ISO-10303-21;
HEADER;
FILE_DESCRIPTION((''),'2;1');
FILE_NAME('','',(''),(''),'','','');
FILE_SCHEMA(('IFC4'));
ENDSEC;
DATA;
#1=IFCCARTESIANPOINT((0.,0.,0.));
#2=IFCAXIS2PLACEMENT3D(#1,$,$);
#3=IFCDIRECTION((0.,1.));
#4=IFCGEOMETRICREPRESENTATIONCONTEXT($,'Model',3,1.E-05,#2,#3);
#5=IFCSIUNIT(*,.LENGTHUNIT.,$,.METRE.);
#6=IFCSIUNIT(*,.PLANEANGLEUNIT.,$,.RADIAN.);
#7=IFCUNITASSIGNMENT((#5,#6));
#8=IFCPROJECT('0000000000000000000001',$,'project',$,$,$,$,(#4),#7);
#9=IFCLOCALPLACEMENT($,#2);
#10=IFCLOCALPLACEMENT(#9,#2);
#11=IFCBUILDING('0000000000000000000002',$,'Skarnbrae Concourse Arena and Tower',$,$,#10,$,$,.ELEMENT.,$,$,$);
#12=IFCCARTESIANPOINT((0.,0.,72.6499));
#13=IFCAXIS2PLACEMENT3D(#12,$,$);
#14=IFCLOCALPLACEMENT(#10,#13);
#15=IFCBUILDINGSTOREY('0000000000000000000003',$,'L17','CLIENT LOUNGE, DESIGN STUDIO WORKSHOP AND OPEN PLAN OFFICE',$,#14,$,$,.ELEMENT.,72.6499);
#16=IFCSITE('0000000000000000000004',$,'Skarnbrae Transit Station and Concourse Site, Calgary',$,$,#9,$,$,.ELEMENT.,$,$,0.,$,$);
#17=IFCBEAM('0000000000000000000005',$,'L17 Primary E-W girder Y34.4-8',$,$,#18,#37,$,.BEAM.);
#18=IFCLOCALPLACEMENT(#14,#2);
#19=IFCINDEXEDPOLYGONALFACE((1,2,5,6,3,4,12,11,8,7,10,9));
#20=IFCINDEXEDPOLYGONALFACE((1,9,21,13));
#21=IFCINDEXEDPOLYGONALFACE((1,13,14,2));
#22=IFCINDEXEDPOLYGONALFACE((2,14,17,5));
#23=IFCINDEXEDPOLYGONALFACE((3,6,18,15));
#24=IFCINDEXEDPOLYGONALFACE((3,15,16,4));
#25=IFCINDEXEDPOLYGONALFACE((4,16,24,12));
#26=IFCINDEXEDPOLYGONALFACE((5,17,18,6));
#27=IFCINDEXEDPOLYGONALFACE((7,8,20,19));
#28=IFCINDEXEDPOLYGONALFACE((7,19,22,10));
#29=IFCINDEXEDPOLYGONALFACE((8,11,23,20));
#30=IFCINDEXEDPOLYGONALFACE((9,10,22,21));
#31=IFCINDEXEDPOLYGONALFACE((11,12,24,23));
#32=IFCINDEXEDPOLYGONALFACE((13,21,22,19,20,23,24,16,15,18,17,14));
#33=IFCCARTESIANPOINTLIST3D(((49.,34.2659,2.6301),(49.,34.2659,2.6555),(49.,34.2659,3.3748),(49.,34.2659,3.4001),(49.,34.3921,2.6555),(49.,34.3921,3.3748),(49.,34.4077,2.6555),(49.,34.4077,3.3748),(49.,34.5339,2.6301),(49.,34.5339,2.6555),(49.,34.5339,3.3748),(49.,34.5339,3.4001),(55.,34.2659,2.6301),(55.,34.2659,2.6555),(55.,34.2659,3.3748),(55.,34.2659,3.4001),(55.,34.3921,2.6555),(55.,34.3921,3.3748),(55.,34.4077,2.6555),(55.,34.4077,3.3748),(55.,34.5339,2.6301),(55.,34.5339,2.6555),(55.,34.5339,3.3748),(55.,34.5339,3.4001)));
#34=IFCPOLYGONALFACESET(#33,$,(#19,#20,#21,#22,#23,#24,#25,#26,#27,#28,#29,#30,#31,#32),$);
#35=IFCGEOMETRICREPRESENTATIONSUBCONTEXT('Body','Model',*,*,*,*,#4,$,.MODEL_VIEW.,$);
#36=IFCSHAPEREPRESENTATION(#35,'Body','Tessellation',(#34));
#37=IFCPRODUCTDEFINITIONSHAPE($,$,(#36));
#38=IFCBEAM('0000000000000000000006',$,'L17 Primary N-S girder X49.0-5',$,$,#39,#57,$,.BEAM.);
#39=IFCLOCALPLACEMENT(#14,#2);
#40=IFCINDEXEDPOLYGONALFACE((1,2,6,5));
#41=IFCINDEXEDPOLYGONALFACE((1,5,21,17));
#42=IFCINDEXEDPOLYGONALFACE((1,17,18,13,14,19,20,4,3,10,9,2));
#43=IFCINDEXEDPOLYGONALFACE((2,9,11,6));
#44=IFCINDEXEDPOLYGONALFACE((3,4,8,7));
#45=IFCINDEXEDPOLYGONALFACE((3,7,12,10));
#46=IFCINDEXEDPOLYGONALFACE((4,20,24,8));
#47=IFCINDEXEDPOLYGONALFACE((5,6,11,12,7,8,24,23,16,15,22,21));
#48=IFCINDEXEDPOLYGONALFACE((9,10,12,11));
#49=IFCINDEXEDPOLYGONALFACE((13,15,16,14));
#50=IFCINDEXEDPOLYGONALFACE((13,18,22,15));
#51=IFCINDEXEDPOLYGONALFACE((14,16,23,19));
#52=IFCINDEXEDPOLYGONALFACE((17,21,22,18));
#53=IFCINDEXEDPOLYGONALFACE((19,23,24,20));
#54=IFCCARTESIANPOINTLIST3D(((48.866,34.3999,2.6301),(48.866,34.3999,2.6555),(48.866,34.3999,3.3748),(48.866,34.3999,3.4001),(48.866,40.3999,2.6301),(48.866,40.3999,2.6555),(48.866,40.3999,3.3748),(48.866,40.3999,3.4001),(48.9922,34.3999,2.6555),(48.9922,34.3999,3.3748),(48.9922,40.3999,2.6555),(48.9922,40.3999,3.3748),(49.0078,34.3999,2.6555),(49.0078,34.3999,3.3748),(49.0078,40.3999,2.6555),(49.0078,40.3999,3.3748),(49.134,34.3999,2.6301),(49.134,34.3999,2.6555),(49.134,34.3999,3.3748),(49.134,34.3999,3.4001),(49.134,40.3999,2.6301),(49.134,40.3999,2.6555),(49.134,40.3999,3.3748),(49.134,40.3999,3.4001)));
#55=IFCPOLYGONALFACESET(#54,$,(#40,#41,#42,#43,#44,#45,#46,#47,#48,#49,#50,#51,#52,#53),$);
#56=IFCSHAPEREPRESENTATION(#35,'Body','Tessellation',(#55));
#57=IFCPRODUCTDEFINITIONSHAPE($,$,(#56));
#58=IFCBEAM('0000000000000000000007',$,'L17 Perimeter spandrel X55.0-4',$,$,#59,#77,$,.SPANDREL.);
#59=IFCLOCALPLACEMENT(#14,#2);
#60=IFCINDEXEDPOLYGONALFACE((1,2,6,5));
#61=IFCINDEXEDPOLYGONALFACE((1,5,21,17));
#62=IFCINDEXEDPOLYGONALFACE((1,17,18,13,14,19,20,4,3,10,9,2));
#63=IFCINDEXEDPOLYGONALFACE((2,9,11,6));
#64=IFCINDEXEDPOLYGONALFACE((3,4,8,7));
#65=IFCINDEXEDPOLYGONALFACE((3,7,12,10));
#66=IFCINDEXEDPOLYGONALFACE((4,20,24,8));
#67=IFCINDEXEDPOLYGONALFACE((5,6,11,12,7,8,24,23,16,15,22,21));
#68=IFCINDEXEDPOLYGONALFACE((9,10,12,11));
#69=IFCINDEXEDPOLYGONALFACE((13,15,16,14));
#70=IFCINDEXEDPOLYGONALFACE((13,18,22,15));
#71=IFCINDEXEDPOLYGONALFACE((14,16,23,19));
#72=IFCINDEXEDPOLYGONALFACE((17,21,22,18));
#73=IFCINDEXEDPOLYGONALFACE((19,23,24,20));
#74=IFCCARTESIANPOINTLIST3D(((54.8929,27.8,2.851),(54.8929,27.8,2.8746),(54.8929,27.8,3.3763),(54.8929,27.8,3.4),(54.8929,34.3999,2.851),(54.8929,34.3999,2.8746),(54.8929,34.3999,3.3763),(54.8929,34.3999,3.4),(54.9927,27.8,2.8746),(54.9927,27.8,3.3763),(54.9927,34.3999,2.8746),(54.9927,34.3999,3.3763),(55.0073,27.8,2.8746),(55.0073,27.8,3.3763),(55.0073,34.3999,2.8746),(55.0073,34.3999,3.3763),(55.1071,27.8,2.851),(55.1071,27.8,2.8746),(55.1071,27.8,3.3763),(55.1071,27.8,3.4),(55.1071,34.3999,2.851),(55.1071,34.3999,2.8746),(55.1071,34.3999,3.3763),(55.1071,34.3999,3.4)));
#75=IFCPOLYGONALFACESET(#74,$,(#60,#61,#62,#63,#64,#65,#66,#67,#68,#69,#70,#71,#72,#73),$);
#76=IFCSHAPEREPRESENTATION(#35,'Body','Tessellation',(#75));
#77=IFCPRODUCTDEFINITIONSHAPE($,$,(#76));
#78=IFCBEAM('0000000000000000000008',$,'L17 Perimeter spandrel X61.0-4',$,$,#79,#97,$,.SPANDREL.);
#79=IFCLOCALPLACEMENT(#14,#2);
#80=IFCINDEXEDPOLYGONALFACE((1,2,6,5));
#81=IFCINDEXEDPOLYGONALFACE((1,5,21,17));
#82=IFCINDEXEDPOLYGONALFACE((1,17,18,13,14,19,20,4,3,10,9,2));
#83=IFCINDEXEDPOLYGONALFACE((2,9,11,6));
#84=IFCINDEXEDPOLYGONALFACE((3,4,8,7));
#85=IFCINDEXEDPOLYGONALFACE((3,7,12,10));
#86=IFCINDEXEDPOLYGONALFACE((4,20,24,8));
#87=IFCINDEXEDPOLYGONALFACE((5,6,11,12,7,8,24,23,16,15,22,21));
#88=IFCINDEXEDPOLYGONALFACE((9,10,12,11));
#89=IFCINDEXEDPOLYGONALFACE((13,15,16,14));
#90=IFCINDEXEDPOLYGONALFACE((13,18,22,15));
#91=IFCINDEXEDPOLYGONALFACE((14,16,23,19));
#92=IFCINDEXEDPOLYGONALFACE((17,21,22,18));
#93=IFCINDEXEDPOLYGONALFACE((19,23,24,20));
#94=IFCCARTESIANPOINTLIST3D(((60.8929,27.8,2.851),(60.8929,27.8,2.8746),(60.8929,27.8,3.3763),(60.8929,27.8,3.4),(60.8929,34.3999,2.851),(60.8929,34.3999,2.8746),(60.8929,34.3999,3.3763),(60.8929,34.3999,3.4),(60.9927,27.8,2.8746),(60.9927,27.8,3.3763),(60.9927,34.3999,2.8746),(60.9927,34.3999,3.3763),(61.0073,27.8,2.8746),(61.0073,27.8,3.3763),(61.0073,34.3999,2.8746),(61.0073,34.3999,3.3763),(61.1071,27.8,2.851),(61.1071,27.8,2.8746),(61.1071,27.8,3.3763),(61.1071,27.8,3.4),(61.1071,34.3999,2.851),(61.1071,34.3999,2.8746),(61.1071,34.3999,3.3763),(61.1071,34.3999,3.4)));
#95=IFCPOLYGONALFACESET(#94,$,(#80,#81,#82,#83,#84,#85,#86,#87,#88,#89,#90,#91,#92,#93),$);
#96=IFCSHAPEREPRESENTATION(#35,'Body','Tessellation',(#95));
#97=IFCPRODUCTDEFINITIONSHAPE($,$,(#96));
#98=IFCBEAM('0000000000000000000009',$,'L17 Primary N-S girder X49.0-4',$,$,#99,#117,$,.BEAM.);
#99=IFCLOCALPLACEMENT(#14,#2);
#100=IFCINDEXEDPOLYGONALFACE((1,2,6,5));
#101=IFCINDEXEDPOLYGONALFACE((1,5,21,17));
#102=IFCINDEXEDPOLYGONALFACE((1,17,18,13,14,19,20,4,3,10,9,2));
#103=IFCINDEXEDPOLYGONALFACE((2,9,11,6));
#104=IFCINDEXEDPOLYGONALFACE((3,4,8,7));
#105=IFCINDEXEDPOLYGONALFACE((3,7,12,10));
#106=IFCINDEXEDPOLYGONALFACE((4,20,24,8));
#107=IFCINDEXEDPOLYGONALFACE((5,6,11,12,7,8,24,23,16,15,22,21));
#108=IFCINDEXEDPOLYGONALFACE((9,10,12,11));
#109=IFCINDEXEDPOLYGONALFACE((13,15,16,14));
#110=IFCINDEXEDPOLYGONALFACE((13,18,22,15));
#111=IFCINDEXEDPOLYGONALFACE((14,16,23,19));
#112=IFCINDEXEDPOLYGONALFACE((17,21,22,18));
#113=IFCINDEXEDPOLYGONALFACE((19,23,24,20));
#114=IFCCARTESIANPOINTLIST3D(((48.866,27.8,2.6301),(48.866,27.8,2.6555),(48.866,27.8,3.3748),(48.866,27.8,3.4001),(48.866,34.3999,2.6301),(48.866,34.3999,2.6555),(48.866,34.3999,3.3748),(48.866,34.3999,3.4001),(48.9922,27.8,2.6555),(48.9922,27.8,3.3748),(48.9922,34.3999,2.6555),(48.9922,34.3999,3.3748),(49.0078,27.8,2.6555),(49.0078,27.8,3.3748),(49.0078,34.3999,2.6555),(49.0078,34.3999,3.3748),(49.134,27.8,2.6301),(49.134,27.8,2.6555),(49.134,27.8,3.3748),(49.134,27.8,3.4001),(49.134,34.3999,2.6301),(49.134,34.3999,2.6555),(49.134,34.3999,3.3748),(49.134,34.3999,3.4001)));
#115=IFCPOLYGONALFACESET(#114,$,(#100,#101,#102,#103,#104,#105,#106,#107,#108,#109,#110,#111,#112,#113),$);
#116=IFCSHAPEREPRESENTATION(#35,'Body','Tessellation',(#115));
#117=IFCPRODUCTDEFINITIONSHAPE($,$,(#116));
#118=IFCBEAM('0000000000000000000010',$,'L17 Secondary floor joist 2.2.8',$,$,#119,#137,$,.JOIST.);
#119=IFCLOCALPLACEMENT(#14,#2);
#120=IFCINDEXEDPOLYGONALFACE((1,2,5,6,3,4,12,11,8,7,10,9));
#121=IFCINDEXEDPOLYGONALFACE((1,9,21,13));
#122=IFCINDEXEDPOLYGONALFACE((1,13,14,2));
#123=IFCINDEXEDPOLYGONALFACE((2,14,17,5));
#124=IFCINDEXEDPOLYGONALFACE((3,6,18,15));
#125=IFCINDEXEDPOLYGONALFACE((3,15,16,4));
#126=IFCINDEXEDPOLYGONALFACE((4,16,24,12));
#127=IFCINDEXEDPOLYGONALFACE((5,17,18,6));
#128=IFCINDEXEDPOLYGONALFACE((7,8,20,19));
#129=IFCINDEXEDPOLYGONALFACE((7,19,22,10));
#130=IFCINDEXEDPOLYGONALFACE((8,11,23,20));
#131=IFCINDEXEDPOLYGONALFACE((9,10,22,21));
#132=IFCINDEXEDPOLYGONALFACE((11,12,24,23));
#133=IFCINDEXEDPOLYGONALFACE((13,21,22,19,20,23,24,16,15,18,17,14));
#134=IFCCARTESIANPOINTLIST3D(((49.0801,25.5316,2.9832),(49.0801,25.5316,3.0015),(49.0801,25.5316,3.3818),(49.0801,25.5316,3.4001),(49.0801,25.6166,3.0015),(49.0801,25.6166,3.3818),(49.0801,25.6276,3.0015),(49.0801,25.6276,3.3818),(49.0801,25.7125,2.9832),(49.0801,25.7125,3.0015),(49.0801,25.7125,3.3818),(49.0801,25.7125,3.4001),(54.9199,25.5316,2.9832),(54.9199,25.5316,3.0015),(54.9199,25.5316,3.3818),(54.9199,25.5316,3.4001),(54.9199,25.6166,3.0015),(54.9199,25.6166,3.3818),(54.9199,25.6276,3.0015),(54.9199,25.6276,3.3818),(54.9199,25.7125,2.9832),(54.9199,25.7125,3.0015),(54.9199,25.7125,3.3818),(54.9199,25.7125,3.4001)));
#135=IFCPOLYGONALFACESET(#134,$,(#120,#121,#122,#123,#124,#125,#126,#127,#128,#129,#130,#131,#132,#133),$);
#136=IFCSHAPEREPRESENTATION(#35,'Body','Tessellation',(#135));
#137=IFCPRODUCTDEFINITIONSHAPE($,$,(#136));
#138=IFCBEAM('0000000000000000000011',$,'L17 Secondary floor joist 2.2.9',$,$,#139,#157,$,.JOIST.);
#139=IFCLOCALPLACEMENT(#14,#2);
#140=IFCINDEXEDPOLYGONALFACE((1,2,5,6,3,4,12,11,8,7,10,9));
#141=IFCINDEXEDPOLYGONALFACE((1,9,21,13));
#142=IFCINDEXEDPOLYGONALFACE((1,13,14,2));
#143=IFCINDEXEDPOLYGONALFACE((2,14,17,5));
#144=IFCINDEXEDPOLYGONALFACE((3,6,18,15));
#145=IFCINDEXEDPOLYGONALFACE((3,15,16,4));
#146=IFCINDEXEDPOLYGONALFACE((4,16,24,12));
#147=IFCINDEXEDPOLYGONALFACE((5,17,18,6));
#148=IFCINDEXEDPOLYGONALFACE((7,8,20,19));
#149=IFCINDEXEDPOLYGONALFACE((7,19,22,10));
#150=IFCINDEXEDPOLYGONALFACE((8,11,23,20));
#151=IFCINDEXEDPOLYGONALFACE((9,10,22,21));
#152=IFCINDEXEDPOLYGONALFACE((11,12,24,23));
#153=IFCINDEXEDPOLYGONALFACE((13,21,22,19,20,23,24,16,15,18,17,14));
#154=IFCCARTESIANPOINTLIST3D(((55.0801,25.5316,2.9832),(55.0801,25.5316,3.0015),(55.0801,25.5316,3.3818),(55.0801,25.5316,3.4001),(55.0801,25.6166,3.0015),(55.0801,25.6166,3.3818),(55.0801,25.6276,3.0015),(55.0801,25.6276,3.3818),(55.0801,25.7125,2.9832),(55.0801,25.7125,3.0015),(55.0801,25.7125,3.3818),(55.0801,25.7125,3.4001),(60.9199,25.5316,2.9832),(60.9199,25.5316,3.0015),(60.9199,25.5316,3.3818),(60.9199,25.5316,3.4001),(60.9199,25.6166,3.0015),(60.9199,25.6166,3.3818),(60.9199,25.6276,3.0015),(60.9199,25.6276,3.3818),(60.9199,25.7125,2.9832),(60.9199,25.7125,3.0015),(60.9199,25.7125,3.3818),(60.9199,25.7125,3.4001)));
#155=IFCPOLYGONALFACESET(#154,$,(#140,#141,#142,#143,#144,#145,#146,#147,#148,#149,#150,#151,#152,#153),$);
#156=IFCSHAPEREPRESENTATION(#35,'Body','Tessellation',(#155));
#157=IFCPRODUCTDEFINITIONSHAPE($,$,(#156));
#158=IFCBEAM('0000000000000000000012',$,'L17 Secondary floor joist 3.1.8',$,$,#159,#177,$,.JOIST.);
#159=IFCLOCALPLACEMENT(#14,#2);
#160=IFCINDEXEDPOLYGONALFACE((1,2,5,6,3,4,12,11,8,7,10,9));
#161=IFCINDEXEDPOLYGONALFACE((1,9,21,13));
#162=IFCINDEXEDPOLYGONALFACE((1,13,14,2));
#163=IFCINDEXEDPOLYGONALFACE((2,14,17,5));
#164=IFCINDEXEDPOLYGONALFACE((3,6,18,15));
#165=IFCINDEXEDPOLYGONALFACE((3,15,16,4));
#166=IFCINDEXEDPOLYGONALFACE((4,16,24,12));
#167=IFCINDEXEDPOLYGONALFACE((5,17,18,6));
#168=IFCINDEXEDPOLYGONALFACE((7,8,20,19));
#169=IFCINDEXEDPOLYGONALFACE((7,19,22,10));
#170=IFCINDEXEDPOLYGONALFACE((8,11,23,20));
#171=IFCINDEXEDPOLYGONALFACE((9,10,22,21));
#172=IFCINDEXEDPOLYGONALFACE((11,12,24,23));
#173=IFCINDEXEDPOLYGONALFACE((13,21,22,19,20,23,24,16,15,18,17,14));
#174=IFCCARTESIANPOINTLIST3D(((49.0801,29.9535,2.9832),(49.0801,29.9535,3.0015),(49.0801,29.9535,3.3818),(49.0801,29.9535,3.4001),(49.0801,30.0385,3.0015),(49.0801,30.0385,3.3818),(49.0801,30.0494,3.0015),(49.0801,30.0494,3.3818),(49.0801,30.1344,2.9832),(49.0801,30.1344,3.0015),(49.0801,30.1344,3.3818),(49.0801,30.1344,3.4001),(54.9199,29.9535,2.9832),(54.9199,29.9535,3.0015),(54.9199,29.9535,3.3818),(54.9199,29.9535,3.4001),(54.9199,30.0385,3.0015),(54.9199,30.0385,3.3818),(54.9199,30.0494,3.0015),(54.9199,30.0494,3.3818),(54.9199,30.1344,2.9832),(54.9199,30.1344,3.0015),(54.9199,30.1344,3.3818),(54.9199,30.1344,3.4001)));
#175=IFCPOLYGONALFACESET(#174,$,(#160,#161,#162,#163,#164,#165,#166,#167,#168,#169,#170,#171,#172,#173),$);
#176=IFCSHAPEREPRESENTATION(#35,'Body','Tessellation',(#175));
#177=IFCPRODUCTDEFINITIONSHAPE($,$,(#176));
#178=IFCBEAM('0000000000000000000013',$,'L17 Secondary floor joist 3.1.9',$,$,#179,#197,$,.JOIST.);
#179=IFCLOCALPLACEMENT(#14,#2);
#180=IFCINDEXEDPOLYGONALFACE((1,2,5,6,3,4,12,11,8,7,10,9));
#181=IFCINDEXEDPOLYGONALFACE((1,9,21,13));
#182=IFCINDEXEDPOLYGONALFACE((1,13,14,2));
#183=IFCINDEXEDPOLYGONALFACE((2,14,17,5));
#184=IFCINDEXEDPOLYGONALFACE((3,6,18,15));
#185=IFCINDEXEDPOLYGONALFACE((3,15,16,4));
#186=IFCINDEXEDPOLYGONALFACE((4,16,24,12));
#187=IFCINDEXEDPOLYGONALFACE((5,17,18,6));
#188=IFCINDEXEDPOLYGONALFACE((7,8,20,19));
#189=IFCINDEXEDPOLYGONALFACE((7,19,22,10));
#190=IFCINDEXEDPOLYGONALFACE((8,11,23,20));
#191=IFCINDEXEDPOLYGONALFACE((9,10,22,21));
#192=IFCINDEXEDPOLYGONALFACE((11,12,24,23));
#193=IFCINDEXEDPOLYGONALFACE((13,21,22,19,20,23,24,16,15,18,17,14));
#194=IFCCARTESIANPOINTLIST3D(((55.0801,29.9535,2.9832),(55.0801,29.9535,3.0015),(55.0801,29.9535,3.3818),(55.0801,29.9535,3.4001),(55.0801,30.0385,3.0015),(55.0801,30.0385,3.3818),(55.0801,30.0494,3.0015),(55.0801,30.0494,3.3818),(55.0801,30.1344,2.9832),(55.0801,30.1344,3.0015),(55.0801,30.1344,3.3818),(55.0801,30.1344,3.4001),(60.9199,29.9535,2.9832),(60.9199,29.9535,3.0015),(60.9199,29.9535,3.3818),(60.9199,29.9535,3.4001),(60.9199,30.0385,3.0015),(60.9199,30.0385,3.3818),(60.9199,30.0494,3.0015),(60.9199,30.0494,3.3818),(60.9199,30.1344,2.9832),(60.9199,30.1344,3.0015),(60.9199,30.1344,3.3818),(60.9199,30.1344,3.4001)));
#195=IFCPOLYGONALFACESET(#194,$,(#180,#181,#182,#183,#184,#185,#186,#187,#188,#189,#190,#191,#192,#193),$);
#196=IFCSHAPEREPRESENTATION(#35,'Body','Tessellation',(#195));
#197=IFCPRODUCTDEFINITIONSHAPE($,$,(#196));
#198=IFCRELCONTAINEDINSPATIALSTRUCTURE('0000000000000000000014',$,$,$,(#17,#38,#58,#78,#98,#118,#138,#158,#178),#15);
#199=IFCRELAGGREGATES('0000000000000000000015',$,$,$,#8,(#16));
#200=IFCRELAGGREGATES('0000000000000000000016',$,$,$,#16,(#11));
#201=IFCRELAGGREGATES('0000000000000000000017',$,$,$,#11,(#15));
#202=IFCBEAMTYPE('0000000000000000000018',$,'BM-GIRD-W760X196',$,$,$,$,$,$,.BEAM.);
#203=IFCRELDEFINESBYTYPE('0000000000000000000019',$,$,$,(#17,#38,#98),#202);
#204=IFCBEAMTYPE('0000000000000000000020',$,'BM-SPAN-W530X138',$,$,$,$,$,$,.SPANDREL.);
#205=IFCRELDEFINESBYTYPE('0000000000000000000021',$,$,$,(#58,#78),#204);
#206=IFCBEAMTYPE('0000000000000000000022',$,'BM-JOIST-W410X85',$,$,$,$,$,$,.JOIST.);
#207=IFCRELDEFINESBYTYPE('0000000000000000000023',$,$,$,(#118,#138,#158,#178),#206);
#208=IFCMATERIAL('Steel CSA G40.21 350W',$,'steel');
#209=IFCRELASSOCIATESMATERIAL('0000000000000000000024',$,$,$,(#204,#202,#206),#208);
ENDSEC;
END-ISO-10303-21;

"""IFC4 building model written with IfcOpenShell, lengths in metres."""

from ifc_helpers import new_model, si_unit, direction, frame, origin, origin_2d, place, context, subcontext, project, spatial, i_section, extrude, source, transform, mapped, material, material_profile, profile_set, type_object, element, save


model = new_model("IFC4")

# Units and contexts
model_context = context("Model", 3, precision=1e-05, world=origin(), true_north=direction((0.0, 1.0)))
body_context = subcontext(model_context, "Body", "Model", "MODEL_VIEW")
ifc_project = project(units=[si_unit("LENGTHUNIT", "METRE"), si_unit("PLANEANGLEUNIT", "RADIAN")], contexts=[model_context])

# Site, building, storey
site_placement = place(None, origin())
site = spatial("IfcSite", under=ifc_project, at=site_placement, Name="Skarnbrae Transit Station and Concourse Site, Calgary", CompositionType="ELEMENT", RefElevation=0.0)
building_placement = place(site_placement, origin())
building = spatial("IfcBuilding", under=site, at=building_placement, Name="Skarnbrae Concourse Arena and Tower", CompositionType="ELEMENT")
storey_placement = place(building_placement, frame((0.0, 0.0, 72.6499)))
storey = spatial("IfcBuildingStorey", under=building, at=storey_placement, Name="L17", Description="CLIENT LOUNGE, DESIGN STUDIO WORKSHOP AND OPEN PLAN OFFICE", CompositionType="ELEMENT", Elevation=72.6499)

# Shared definitions
ifc_material_1 = material(Name="Steel CSA G40.21 350W", Category="steel")

# Beams
ifc_material_profile_1 = material_profile(ifc_material_1, i_section(OverallWidth=0.2141, OverallDepth=0.5491, WebThickness=0.0146, FlangeThickness=0.0237, at=origin_2d()), Name="W530X138")
ifc_profile_set_1 = profile_set([ifc_material_profile_1], Name="Steel CSA G40.21 350W")
beam_type_1 = type_object("IfcBeamType", Name="BM-SPAN-W530X138", PredefinedType="SPANDREL", material=ifc_profile_set_1)
ifc_material_profile_2 = material_profile(ifc_material_1, i_section(OverallWidth=0.2681, OverallDepth=0.77, WebThickness=0.0156, FlangeThickness=0.0254, at=origin_2d()), Name="W760X196")
ifc_profile_set_2 = profile_set([ifc_material_profile_2], Name="Steel CSA G40.21 350W")
beam_type_2 = type_object("IfcBeamType", Name="BM-GIRD-W760X196", PredefinedType="BEAM", material=ifc_profile_set_2)
shared_shape_1 = source(origin(), body_context, "Body", "SweptSolid", [
    extrude(i_section(OverallWidth=0.2681, OverallDepth=0.77, WebThickness=0.0156, FlangeThickness=0.0254, at=origin_2d()), origin(), (0.0, 0.0, 1.0), 6.0),
])
for number, where, z_axis, x_axis, name in (
    (1, (49.0, 34.3999, 3.0151), (1.0, 0.0, 0.0), (0.0, 1.0, 0.0), "L17 Primary E-W girder Y34.4-8"),
    (2, (49.0, 34.3999, 3.0151), (0.0, 1.0, 0.0), (-1.0, 0.0, 0.0), "L17 Primary N-S girder X49.0-5"),
):
    element("IfcBeam", number, at=place(storey_placement, frame(where, z_axis=z_axis, x_axis=x_axis)), inside=storey, type_object=beam_type_2, Name=name, PredefinedType="BEAM", context=body_context, shape_type="MappedRepresentation", body=[
        mapped(shared_shape_1, transform((0.0, 0.0, 0.0))),
    ])
shared_shape_2 = source(origin(), body_context, "Body", "SweptSolid", [
    extrude(i_section(OverallWidth=0.2141, OverallDepth=0.5491, WebThickness=0.0146, FlangeThickness=0.0237, at=origin_2d()), origin(), (0.0, 0.0, 1.0), 6.5999),
])
for number, where, z_axis, x_axis, name in (
    (3, (55.0, 27.8, 3.1255), (0.0, 1.0, 0.0), (-1.0, 0.0, 0.0), "L17 Perimeter spandrel X55.0-4"),
    (4, (61.0, 27.8, 3.1255), (0.0, 1.0, 0.0), (-1.0, 0.0, 0.0), "L17 Perimeter spandrel X61.0-4"),
):
    element("IfcBeam", number, at=place(storey_placement, frame(where, z_axis=z_axis, x_axis=x_axis)), inside=storey, type_object=beam_type_1, Name=name, PredefinedType="SPANDREL", context=body_context, shape_type="MappedRepresentation", body=[
        mapped(shared_shape_2, transform((0.0, 0.0, 0.0))),
    ])
shared_shape_3 = source(origin(), body_context, "Body", "SweptSolid", [
    extrude(i_section(OverallWidth=0.2681, OverallDepth=0.77, WebThickness=0.0156, FlangeThickness=0.0254, at=origin_2d()), origin(), (0.0, 0.0, 1.0), 6.5999),
])
beam_placement = place(storey_placement, frame((49.0, 27.8, 3.0151), z_axis=(0.0, 1.0, 0.0), x_axis=(-1.0, 0.0, 0.0)))
element("IfcBeam", 5, at=beam_placement, inside=storey, type_object=beam_type_2, Name="L17 Primary N-S girder X49.0-4", PredefinedType="BEAM", context=body_context, shape_type="MappedRepresentation", body=[
    mapped(shared_shape_3, transform((0.0, 0.0, 0.0))),
])
ifc_material_profile_3 = material_profile(ifc_material_1, i_section(OverallWidth=0.1809, OverallDepth=0.417, WebThickness=0.011, FlangeThickness=0.0183, at=origin_2d()), Name="W410X85")
ifc_profile_set_3 = profile_set([ifc_material_profile_3], Name="Steel CSA G40.21 350W")
beam_type_3 = type_object("IfcBeamType", Name="BM-JOIST-W410X85", PredefinedType="JOIST", material=ifc_profile_set_3)
shared_shape_4 = source(origin(), body_context, "Body", "SweptSolid", [
    extrude(i_section(OverallWidth=0.1809, OverallDepth=0.417, WebThickness=0.011, FlangeThickness=0.0183, at=origin_2d()), origin(), (0.0, 0.0, 1.0), 5.8398),
])
for number, where, z_axis, x_axis, name in (
    (6, (49.0801, 25.6221, 3.1917), (1.0, 0.0, 0.0), (0.0, 1.0, 0.0), "L17 Secondary floor joist 2.2.8"),
    (7, (55.0801, 25.6221, 3.1917), (1.0, 0.0, 0.0), (0.0, 1.0, 0.0), "L17 Secondary floor joist 2.2.9"),
    (8, (49.0801, 30.0439, 3.1917), (1.0, 0.0, 0.0), (0.0, 1.0, 0.0), "L17 Secondary floor joist 3.1.8"),
    (9, (55.0801, 30.0439, 3.1917), (1.0, 0.0, 0.0), (0.0, 1.0, 0.0), "L17 Secondary floor joist 3.1.9"),
):
    element("IfcBeam", number, at=place(storey_placement, frame(where, z_axis=z_axis, x_axis=x_axis)), inside=storey, type_object=beam_type_3, Name=name, PredefinedType="JOIST", context=body_context, shape_type="MappedRepresentation", body=[
        mapped(shared_shape_4, transform((0.0, 0.0, 0.0))),
    ])

save(model, "model.ifc")
